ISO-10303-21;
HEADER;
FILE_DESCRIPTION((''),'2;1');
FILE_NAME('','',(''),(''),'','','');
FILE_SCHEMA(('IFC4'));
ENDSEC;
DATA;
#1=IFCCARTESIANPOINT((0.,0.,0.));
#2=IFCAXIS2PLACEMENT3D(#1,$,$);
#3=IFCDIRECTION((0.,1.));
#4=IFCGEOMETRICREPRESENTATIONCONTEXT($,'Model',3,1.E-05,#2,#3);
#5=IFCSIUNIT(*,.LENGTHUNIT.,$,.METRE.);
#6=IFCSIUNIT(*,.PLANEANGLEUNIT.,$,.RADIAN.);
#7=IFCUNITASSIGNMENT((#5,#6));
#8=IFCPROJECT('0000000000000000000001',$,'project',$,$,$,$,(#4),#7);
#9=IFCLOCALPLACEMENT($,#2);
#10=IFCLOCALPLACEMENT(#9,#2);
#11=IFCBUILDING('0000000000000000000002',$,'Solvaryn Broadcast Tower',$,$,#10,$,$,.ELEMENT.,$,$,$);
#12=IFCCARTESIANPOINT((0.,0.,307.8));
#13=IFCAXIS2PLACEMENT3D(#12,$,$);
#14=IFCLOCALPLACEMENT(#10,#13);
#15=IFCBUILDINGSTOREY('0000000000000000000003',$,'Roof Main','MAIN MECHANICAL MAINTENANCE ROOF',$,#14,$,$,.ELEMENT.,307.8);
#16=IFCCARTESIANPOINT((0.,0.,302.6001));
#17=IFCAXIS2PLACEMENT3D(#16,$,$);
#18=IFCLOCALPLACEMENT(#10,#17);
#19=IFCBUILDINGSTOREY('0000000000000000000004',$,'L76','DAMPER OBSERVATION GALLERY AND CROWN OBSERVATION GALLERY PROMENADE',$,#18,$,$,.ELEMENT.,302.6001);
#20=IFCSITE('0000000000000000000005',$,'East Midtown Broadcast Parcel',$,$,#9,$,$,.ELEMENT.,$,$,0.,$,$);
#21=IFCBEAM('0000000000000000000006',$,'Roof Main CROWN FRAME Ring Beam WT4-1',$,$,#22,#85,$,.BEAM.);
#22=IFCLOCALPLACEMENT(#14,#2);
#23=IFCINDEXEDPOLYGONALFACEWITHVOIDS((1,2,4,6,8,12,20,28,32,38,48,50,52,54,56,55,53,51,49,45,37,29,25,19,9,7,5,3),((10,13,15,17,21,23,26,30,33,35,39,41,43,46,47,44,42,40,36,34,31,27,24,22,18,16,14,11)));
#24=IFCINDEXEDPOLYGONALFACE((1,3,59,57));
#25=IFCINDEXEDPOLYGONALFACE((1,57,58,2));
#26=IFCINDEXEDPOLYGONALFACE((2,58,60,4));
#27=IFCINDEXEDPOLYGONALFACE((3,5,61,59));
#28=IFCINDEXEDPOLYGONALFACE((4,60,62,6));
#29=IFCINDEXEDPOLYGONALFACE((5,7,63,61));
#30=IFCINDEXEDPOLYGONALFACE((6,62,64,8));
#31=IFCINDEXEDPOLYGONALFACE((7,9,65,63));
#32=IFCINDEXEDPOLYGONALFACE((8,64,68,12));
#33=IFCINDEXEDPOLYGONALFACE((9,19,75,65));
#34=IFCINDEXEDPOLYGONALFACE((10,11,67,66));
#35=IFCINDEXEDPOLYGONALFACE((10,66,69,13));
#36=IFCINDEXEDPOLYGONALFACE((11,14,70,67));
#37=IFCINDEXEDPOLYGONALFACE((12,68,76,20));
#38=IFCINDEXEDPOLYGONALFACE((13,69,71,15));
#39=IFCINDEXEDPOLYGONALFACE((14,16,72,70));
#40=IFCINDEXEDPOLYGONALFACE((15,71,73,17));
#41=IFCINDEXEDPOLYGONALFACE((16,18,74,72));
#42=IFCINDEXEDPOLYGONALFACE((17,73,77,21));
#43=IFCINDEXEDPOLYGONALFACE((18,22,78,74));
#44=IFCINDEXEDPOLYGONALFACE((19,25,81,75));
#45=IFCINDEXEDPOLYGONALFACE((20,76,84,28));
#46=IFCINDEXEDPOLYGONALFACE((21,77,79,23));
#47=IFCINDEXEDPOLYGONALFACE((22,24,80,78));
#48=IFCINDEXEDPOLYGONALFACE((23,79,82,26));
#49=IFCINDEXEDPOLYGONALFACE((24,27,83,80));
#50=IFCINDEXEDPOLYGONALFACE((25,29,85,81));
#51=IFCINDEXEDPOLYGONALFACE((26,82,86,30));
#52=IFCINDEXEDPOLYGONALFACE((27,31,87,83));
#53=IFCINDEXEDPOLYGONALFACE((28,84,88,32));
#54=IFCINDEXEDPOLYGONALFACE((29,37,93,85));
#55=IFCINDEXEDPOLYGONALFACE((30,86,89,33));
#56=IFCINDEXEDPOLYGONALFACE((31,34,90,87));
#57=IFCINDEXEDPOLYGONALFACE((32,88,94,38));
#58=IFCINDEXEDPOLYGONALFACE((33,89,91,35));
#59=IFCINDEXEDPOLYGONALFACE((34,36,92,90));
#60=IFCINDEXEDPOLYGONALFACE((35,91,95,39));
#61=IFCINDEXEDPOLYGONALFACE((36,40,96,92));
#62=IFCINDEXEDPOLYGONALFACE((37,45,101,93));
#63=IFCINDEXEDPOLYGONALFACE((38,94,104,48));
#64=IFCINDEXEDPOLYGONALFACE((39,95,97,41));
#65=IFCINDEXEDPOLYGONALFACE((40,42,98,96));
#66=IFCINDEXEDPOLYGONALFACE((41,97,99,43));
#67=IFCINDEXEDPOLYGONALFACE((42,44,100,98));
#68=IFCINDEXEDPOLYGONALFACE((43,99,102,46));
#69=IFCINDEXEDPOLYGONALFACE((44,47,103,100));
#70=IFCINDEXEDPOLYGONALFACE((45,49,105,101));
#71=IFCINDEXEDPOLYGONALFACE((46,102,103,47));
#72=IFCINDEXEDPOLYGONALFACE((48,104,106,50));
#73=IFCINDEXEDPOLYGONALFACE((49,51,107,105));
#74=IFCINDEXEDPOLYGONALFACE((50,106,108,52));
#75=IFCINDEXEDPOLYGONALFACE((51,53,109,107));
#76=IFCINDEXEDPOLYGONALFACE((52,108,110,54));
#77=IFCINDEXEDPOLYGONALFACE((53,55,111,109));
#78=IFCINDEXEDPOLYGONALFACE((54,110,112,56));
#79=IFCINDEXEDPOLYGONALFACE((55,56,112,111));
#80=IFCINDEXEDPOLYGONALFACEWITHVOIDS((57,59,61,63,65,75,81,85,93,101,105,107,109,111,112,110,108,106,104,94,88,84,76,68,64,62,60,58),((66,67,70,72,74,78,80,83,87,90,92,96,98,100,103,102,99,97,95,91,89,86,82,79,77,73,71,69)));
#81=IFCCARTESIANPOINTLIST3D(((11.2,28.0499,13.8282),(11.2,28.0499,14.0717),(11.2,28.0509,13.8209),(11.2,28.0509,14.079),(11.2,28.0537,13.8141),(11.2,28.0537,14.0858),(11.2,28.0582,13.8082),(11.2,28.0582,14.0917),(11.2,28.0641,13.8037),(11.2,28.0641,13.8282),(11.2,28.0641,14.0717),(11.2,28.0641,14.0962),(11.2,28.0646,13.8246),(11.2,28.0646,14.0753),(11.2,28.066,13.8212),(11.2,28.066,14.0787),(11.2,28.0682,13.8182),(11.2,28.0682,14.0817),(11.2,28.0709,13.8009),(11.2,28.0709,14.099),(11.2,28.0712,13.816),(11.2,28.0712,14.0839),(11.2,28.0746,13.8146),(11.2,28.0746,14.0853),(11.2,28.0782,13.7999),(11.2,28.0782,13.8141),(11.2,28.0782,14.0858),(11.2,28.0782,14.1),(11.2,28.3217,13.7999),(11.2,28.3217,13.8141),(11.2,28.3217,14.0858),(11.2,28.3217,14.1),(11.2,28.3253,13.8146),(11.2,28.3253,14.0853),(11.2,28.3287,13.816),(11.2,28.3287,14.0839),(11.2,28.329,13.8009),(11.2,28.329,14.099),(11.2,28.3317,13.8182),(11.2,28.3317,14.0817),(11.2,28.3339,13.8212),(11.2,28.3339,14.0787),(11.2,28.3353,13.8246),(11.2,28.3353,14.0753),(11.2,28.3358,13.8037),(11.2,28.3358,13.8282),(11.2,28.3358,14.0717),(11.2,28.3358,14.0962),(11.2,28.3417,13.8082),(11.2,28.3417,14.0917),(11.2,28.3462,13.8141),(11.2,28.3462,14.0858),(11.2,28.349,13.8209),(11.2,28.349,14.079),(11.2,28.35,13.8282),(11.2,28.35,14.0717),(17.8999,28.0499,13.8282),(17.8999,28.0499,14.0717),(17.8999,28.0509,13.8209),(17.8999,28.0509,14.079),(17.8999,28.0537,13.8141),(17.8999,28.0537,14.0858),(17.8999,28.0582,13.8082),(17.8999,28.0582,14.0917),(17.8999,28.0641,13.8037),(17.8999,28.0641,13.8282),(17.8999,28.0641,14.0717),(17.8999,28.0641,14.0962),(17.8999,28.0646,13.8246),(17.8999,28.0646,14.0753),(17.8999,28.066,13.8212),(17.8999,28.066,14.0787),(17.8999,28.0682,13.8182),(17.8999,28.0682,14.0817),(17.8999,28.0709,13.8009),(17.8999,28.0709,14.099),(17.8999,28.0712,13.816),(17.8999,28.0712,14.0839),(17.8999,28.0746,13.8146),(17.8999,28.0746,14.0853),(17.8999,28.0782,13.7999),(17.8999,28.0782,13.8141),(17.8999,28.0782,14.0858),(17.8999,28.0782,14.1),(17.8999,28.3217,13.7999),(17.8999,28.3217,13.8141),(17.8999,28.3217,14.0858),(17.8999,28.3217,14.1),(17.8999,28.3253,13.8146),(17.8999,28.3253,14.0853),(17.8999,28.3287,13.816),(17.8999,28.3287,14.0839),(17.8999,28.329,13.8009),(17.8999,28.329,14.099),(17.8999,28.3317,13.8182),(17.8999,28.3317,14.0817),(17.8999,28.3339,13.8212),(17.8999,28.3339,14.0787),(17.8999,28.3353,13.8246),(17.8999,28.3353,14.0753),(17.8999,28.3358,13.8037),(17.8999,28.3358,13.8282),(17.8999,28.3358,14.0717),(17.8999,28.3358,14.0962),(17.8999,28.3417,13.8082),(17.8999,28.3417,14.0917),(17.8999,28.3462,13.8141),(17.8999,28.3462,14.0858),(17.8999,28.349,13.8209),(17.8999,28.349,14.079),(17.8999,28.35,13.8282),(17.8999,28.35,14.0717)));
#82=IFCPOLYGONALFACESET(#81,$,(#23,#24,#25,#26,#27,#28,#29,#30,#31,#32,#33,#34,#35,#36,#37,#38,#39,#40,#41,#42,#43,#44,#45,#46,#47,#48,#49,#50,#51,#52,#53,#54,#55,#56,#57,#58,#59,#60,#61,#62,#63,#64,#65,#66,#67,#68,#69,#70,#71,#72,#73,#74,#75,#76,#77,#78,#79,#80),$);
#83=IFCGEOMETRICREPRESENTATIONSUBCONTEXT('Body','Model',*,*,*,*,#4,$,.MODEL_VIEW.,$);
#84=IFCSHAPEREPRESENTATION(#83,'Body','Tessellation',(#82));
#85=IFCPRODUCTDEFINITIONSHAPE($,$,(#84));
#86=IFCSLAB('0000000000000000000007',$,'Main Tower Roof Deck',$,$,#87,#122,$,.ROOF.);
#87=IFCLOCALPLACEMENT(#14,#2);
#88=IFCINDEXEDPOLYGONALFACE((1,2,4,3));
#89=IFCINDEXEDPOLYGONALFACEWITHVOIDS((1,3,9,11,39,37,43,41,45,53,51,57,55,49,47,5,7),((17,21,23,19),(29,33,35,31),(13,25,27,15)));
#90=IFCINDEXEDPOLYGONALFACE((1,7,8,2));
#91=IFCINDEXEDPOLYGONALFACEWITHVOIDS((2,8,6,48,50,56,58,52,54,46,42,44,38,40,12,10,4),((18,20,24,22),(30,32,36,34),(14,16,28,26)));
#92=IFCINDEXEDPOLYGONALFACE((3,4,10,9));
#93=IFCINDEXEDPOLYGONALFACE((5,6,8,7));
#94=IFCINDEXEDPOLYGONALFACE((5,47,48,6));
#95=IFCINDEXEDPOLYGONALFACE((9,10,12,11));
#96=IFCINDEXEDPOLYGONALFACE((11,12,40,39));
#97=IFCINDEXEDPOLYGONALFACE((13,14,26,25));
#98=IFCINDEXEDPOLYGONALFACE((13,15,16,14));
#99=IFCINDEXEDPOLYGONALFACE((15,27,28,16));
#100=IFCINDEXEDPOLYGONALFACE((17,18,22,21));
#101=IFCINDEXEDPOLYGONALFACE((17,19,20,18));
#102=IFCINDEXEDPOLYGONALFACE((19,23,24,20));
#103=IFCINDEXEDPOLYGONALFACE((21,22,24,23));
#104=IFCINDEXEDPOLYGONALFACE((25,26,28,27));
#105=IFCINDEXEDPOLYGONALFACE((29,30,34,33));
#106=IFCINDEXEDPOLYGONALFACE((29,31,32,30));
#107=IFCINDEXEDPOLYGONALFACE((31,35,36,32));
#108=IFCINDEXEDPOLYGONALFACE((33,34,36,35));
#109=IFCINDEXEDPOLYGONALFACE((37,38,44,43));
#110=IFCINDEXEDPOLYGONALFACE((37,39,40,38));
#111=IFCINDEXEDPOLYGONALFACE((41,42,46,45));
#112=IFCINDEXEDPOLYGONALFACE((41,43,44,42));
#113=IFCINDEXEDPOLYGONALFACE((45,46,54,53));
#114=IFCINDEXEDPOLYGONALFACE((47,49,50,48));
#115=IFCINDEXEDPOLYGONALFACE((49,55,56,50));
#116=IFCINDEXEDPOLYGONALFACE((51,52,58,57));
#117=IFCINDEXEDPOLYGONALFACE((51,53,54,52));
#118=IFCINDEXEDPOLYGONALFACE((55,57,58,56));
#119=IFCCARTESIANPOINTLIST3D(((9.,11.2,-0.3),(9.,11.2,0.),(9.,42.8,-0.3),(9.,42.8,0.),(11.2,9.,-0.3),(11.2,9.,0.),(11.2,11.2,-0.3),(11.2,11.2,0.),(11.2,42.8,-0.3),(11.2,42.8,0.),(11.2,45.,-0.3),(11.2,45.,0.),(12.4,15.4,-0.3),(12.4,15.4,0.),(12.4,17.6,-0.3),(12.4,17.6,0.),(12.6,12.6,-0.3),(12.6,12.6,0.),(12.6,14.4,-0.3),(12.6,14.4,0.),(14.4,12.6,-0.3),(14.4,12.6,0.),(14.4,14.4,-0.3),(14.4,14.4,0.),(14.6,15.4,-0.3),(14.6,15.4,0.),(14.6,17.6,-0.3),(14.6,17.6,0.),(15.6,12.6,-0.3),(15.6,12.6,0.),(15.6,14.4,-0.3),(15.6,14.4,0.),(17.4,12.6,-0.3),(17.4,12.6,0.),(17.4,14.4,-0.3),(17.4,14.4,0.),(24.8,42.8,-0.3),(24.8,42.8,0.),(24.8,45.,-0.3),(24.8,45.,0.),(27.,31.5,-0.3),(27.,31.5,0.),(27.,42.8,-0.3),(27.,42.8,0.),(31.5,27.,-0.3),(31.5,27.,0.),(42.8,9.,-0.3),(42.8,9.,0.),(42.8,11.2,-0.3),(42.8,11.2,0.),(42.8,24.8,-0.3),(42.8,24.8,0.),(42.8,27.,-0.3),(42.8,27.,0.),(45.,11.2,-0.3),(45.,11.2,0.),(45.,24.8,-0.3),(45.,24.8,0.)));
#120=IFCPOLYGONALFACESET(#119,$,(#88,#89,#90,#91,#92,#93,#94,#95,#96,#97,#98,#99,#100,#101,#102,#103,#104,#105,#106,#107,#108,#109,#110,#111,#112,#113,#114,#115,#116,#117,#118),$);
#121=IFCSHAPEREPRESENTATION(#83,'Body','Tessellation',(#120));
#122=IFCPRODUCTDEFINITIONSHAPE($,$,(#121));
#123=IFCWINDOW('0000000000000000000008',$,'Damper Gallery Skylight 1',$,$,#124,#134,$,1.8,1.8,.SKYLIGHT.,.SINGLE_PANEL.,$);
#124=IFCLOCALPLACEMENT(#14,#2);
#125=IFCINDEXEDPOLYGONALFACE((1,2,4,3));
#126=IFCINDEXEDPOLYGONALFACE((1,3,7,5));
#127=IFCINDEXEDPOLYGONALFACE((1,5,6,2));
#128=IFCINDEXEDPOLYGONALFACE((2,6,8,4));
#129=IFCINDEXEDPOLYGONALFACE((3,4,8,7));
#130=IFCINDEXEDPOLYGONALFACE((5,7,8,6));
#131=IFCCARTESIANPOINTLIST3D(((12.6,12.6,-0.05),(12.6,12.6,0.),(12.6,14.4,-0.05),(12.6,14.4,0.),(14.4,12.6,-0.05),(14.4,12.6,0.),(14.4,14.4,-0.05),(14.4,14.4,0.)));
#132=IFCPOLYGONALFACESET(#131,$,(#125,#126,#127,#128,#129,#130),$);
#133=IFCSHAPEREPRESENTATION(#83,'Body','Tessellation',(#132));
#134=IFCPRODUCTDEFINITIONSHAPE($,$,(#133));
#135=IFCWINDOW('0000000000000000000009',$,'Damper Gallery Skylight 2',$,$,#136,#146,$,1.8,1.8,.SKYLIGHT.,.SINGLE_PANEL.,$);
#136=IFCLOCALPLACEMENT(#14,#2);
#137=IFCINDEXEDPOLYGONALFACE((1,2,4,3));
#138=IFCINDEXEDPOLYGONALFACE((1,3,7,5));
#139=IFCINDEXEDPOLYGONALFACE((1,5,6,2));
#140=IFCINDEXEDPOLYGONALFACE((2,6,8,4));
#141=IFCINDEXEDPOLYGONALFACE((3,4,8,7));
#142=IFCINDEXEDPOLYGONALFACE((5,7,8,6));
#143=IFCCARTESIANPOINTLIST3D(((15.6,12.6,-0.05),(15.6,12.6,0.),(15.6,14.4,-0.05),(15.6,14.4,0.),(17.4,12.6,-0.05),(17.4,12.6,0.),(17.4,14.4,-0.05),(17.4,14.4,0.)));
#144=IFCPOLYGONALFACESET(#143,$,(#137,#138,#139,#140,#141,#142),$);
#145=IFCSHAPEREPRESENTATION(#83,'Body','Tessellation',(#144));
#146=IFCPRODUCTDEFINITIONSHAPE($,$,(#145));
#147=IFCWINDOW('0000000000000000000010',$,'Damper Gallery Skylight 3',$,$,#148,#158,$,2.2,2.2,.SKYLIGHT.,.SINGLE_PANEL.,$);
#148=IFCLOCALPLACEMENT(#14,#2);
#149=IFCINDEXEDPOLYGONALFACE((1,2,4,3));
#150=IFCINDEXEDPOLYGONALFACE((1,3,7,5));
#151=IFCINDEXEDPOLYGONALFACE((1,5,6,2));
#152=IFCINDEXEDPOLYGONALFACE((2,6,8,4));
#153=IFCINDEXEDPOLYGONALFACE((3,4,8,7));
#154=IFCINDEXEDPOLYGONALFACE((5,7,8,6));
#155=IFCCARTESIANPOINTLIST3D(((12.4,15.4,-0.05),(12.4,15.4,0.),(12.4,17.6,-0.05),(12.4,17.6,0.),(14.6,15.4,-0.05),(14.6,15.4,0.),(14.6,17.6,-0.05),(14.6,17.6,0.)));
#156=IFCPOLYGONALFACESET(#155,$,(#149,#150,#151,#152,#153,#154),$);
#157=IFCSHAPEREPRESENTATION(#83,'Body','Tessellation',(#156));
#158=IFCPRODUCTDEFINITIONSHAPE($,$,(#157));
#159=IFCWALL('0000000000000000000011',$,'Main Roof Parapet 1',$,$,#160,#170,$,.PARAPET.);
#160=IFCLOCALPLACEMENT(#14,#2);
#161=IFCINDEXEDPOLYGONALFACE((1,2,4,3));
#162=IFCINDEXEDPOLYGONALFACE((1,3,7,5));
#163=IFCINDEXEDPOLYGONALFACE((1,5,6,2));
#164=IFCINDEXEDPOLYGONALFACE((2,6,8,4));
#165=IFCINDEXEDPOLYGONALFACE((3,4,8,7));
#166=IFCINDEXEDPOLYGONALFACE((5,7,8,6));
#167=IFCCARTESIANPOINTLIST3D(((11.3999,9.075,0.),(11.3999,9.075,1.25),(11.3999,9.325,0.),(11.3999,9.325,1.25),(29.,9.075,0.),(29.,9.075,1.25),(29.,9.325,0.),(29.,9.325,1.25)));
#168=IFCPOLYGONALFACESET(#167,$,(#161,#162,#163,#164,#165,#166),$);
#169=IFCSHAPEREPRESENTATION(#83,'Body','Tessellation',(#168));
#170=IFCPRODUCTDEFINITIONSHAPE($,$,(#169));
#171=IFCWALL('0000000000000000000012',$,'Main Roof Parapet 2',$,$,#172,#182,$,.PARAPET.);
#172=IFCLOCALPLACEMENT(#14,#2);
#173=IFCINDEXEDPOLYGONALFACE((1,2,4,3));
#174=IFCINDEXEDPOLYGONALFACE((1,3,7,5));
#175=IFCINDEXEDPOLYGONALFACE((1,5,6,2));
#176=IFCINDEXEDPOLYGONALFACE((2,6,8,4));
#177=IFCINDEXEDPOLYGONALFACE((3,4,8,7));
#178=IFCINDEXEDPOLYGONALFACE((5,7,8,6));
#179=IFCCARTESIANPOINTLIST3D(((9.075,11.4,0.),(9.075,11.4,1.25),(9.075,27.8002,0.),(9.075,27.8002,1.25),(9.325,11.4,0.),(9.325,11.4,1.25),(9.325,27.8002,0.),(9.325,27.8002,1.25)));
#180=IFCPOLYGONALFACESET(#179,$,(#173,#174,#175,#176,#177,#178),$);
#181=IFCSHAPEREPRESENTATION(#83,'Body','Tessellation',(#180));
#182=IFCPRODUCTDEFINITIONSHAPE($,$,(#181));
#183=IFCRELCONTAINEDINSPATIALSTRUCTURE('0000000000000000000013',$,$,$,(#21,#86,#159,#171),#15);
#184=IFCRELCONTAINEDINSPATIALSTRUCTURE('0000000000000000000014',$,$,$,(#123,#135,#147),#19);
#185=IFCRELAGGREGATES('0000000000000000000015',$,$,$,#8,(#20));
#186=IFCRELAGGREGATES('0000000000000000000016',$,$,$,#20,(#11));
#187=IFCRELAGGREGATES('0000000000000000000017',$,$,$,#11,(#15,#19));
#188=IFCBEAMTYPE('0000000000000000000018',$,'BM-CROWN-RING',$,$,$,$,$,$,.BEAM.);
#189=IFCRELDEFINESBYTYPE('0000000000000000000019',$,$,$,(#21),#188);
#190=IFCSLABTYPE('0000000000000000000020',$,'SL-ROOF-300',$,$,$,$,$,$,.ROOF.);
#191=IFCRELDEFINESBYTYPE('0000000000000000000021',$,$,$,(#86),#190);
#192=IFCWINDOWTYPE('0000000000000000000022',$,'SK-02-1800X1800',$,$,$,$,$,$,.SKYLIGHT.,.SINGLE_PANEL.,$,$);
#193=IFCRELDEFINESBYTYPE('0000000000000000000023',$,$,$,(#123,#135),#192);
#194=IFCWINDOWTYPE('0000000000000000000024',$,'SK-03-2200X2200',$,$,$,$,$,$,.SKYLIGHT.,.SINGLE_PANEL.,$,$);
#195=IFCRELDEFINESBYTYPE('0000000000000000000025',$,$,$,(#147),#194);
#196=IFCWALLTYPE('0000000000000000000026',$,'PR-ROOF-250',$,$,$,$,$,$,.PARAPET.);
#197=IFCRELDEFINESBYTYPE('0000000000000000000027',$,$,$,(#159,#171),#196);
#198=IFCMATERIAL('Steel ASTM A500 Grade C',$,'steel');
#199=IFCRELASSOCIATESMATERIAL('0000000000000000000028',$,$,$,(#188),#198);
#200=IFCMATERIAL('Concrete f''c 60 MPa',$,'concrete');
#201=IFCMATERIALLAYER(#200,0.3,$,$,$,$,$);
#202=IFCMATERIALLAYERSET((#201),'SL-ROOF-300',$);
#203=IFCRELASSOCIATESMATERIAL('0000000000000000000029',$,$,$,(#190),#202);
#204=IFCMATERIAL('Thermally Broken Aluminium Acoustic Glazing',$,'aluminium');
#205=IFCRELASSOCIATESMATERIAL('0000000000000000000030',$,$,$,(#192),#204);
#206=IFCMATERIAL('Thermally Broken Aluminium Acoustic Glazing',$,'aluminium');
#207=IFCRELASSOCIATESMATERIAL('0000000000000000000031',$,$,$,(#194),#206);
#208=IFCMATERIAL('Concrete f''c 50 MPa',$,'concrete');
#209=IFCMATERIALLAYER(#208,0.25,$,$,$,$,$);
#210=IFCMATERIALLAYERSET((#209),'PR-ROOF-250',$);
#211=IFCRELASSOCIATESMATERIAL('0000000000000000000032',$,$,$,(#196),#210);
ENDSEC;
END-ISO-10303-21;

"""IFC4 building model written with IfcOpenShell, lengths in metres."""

from ifc_helpers import new_model, si_unit, direction, frame, frame_2d, origin, origin_2d, place, context, subcontext, project, spatial, polyline, rectangle, hollow_rectangle, outline, extrude, material, layer, layer_set, material_profile, profile_set, type_object, element, fill, save


model = new_model("IFC4")

# Units and contexts
model_context = context("Model", 3, precision=1e-05, world=origin(), true_north=direction((0.0, 1.0)))
body_context = subcontext(model_context, "Body", "Model", "MODEL_VIEW")
ifc_project = project(units=[si_unit("LENGTHUNIT", "METRE"), si_unit("PLANEANGLEUNIT", "RADIAN")], contexts=[model_context])

# Site, building, storey
site_placement = place(None, origin())
site = spatial("IfcSite", under=ifc_project, at=site_placement, Name="East Midtown Broadcast Parcel", CompositionType="ELEMENT", RefElevation=0.0)
building_placement = place(site_placement, origin())
building = spatial("IfcBuilding", under=site, at=building_placement, Name="Solvaryn Broadcast Tower", CompositionType="ELEMENT")
storey_1_placement = place(building_placement, frame((0.0, 0.0, 307.8)))
storey_1 = spatial("IfcBuildingStorey", under=building, at=storey_1_placement, Name="Roof Main", Description="MAIN MECHANICAL MAINTENANCE ROOF", CompositionType="ELEMENT", Elevation=307.8)

# Beam
ifc_material_1 = material(Name="Steel ASTM A500 Grade C", Category="steel")
ifc_material_profile_1 = material_profile(ifc_material_1, hollow_rectangle(XDim=0.3, YDim=0.3, WallThickness=0.0142, InnerFilletRadius=0.0142, OuterFilletRadius=0.0283, at=origin_2d()))
ifc_profile_set_1 = profile_set([ifc_material_profile_1], Name="Steel ASTM A500 Grade C")
beam_type = type_object("IfcBeamType", Name="BM-CROWN-RING", PredefinedType="BEAM", material=ifc_profile_set_1)
for number, where, z_axis, x_axis, name in (
    (1, (11.2, 28.2, 13.95), (1.0, 0.0, 0.0), (0.0, 1.0, 0.0), "Roof Main CROWN FRAME Ring Beam WT4-1"),
):
    element("IfcBeam", number, at=place(storey_1_placement, frame(where, z_axis=z_axis, x_axis=x_axis)), inside=storey_1, type_object=beam_type, Name=name, PredefinedType="BEAM", context=body_context, shape_type="SweptSolid", body=[
        extrude(hollow_rectangle(XDim=0.3, YDim=0.3, WallThickness=0.0142, InnerFilletRadius=0.0142, OuterFilletRadius=0.0283, at=origin_2d()), origin(), (0.0, 0.0, 1.0), 6.7),
    ])

# Slab, openings
ifc_material_2 = material(Name="Concrete f'c 60 MPa", Category="concrete")
ifc_layer_1 = layer(ifc_material_2, 0.3)
ifc_layer_set_1 = layer_set([ifc_layer_1], Name="SL-ROOF-300")
slab_type = type_object("IfcSlabType", Name="SL-ROOF-300", PredefinedType="ROOF", material=ifc_layer_set_1)
slab_placement = place(storey_1_placement, frame((0.0, 0.0, -0.3)))
slab = element("IfcSlab", 2, at=slab_placement, inside=storey_1, type_object=slab_type, Name="Main Tower Roof Deck", PredefinedType="ROOF", context=body_context, shape_type="SweptSolid", body=[
    extrude(outline(polyline([(11.2, 9.0), (42.8, 9.0), (42.8, 11.2), (45.0, 11.2), (45.0, 24.8), (42.8, 24.8), (42.8, 27.0), (31.5, 27.0), (27.0, 31.5), (27.0, 42.8), (24.8, 42.8), (24.8, 45.0), (11.2, 45.0), (11.2, 42.8), (9.0, 42.8), (9.0, 11.2), (11.2, 11.2), (11.2, 9.0)])), origin(), (0.0, 0.0, 1.0), 0.3),
])
opening_1_placement = place(slab_placement, frame((13.5, 13.5, 0.0)))
opening_1 = element("IfcOpeningElement", 3, at=opening_1_placement, cuts=slab, PredefinedType="OPENING", context=body_context, shape_type="SweptSolid", body=[
    extrude(rectangle(XDim=1.8, YDim=1.8, at=origin_2d()), origin(), (0.0, 0.0, 1.0), 0.3),
])
opening_2_placement = place(slab_placement, frame((16.5, 13.5, 0.0)))
opening_2 = element("IfcOpeningElement", 4, at=opening_2_placement, cuts=slab, PredefinedType="OPENING", context=body_context, shape_type="SweptSolid", body=[
    extrude(rectangle(XDim=1.8, YDim=1.8, at=origin_2d()), origin(), (0.0, 0.0, 1.0), 0.3),
])
opening_3_placement = place(slab_placement, frame((13.5, 16.5, 0.0)))
opening_3 = element("IfcOpeningElement", 5, at=opening_3_placement, cuts=slab, PredefinedType="OPENING", context=body_context, shape_type="SweptSolid", body=[
    extrude(rectangle(XDim=2.2, YDim=2.2, at=origin_2d()), origin(), (0.0, 0.0, 1.0), 0.3),
])

# Shared definitions
storey_2_placement = place(building_placement, frame((0.0, 0.0, 302.6001)))
storey_2 = spatial("IfcBuildingStorey", under=building, at=storey_2_placement, Name="L76", Description="DAMPER OBSERVATION GALLERY AND CROWN OBSERVATION GALLERY PROMENADE", CompositionType="ELEMENT", Elevation=302.6001)

# Windows
ifc_material_3 = material(Name="Thermally Broken Aluminium Acoustic Glazing", Category="aluminium")
window_type_1 = type_object("IfcWindowType", Name="SK-02-1800X1800", PartitioningType="SINGLE_PANEL", PredefinedType="SKYLIGHT", material=ifc_material_3)
window_1_placement = place(opening_1_placement, frame((0.0, 0.0, 0.25)))
window_1 = element("IfcWindow", 6, at=window_1_placement, inside=storey_2, type_object=window_type_1, Name="Damper Gallery Skylight 1", OverallHeight=1.8, OverallWidth=1.8, PartitioningType="SINGLE_PANEL", PredefinedType="SKYLIGHT", context=body_context, shape_type="SweptSolid", body=[
    extrude(rectangle(XDim=1.8, YDim=1.8, at=origin_2d()), origin(), (0.0, 0.0, 1.0), 0.05),
])
fill(opening_1, window_1)
window_2_placement = place(opening_2_placement, frame((0.0, 0.0, 0.25)))
window_2 = element("IfcWindow", 7, at=window_2_placement, inside=storey_2, type_object=window_type_1, Name="Damper Gallery Skylight 2", OverallHeight=1.8, OverallWidth=1.8, PartitioningType="SINGLE_PANEL", PredefinedType="SKYLIGHT", context=body_context, shape_type="SweptSolid", body=[
    extrude(rectangle(XDim=1.8, YDim=1.8, at=origin_2d()), origin(), (0.0, 0.0, 1.0), 0.05),
])
fill(opening_2, window_2)
ifc_material_4 = material(Name="Thermally Broken Aluminium Acoustic Glazing", Category="aluminium")
window_type_2 = type_object("IfcWindowType", Name="SK-03-2200X2200", PartitioningType="SINGLE_PANEL", PredefinedType="SKYLIGHT", material=ifc_material_4)
window_3_placement = place(opening_3_placement, frame((0.0, 0.0, 0.25)))
window_3 = element("IfcWindow", 8, at=window_3_placement, inside=storey_2, type_object=window_type_2, Name="Damper Gallery Skylight 3", OverallHeight=2.2, OverallWidth=2.2, PartitioningType="SINGLE_PANEL", PredefinedType="SKYLIGHT", context=body_context, shape_type="SweptSolid", body=[
    extrude(rectangle(XDim=2.2, YDim=2.2, at=origin_2d()), origin(), (0.0, 0.0, 1.0), 0.05),
])
fill(opening_3, window_3)

# Walls
ifc_material_5 = material(Name="Concrete f'c 50 MPa", Category="concrete")
ifc_layer_2 = layer(ifc_material_5, 0.25)
ifc_layer_set_2 = layer_set([ifc_layer_2], Name="PR-ROOF-250")
wall_type = type_object("IfcWallType", Name="PR-ROOF-250", PredefinedType="PARAPET", material=ifc_layer_set_2)
wall_1_placement = place(storey_1_placement, frame((11.3999, 9.2, 0.0), z_axis=(0.0, 0.0, 1.0), x_axis=(1.0, 0.0, 0.0)))
element("IfcWall", 9, at=wall_1_placement, inside=storey_1, type_object=wall_type, Name="Main Roof Parapet 1", PredefinedType="PARAPET", context=body_context, shape_type="SweptSolid", body=[
    extrude(rectangle(XDim=17.6001, YDim=0.25, at=frame_2d((8.8, 0.0))), origin(), (0.0, 0.0, 1.0), 1.25),
])
wall_2_placement = place(storey_1_placement, frame((9.2, 11.3999, 0.0), z_axis=(0.0, 0.0, 1.0), x_axis=(0.0, 1.0, 0.0)))
element("IfcWall", 10, at=wall_2_placement, inside=storey_1, type_object=wall_type, Name="Main Roof Parapet 2", PredefinedType="PARAPET", context=body_context, shape_type="SweptSolid", body=[
    extrude(rectangle(XDim=16.4001, YDim=0.25, at=frame_2d((8.2002, 0.0))), origin(), (0.0, 0.0, 1.0), 1.25),
])

save(model, "model.ifc")
